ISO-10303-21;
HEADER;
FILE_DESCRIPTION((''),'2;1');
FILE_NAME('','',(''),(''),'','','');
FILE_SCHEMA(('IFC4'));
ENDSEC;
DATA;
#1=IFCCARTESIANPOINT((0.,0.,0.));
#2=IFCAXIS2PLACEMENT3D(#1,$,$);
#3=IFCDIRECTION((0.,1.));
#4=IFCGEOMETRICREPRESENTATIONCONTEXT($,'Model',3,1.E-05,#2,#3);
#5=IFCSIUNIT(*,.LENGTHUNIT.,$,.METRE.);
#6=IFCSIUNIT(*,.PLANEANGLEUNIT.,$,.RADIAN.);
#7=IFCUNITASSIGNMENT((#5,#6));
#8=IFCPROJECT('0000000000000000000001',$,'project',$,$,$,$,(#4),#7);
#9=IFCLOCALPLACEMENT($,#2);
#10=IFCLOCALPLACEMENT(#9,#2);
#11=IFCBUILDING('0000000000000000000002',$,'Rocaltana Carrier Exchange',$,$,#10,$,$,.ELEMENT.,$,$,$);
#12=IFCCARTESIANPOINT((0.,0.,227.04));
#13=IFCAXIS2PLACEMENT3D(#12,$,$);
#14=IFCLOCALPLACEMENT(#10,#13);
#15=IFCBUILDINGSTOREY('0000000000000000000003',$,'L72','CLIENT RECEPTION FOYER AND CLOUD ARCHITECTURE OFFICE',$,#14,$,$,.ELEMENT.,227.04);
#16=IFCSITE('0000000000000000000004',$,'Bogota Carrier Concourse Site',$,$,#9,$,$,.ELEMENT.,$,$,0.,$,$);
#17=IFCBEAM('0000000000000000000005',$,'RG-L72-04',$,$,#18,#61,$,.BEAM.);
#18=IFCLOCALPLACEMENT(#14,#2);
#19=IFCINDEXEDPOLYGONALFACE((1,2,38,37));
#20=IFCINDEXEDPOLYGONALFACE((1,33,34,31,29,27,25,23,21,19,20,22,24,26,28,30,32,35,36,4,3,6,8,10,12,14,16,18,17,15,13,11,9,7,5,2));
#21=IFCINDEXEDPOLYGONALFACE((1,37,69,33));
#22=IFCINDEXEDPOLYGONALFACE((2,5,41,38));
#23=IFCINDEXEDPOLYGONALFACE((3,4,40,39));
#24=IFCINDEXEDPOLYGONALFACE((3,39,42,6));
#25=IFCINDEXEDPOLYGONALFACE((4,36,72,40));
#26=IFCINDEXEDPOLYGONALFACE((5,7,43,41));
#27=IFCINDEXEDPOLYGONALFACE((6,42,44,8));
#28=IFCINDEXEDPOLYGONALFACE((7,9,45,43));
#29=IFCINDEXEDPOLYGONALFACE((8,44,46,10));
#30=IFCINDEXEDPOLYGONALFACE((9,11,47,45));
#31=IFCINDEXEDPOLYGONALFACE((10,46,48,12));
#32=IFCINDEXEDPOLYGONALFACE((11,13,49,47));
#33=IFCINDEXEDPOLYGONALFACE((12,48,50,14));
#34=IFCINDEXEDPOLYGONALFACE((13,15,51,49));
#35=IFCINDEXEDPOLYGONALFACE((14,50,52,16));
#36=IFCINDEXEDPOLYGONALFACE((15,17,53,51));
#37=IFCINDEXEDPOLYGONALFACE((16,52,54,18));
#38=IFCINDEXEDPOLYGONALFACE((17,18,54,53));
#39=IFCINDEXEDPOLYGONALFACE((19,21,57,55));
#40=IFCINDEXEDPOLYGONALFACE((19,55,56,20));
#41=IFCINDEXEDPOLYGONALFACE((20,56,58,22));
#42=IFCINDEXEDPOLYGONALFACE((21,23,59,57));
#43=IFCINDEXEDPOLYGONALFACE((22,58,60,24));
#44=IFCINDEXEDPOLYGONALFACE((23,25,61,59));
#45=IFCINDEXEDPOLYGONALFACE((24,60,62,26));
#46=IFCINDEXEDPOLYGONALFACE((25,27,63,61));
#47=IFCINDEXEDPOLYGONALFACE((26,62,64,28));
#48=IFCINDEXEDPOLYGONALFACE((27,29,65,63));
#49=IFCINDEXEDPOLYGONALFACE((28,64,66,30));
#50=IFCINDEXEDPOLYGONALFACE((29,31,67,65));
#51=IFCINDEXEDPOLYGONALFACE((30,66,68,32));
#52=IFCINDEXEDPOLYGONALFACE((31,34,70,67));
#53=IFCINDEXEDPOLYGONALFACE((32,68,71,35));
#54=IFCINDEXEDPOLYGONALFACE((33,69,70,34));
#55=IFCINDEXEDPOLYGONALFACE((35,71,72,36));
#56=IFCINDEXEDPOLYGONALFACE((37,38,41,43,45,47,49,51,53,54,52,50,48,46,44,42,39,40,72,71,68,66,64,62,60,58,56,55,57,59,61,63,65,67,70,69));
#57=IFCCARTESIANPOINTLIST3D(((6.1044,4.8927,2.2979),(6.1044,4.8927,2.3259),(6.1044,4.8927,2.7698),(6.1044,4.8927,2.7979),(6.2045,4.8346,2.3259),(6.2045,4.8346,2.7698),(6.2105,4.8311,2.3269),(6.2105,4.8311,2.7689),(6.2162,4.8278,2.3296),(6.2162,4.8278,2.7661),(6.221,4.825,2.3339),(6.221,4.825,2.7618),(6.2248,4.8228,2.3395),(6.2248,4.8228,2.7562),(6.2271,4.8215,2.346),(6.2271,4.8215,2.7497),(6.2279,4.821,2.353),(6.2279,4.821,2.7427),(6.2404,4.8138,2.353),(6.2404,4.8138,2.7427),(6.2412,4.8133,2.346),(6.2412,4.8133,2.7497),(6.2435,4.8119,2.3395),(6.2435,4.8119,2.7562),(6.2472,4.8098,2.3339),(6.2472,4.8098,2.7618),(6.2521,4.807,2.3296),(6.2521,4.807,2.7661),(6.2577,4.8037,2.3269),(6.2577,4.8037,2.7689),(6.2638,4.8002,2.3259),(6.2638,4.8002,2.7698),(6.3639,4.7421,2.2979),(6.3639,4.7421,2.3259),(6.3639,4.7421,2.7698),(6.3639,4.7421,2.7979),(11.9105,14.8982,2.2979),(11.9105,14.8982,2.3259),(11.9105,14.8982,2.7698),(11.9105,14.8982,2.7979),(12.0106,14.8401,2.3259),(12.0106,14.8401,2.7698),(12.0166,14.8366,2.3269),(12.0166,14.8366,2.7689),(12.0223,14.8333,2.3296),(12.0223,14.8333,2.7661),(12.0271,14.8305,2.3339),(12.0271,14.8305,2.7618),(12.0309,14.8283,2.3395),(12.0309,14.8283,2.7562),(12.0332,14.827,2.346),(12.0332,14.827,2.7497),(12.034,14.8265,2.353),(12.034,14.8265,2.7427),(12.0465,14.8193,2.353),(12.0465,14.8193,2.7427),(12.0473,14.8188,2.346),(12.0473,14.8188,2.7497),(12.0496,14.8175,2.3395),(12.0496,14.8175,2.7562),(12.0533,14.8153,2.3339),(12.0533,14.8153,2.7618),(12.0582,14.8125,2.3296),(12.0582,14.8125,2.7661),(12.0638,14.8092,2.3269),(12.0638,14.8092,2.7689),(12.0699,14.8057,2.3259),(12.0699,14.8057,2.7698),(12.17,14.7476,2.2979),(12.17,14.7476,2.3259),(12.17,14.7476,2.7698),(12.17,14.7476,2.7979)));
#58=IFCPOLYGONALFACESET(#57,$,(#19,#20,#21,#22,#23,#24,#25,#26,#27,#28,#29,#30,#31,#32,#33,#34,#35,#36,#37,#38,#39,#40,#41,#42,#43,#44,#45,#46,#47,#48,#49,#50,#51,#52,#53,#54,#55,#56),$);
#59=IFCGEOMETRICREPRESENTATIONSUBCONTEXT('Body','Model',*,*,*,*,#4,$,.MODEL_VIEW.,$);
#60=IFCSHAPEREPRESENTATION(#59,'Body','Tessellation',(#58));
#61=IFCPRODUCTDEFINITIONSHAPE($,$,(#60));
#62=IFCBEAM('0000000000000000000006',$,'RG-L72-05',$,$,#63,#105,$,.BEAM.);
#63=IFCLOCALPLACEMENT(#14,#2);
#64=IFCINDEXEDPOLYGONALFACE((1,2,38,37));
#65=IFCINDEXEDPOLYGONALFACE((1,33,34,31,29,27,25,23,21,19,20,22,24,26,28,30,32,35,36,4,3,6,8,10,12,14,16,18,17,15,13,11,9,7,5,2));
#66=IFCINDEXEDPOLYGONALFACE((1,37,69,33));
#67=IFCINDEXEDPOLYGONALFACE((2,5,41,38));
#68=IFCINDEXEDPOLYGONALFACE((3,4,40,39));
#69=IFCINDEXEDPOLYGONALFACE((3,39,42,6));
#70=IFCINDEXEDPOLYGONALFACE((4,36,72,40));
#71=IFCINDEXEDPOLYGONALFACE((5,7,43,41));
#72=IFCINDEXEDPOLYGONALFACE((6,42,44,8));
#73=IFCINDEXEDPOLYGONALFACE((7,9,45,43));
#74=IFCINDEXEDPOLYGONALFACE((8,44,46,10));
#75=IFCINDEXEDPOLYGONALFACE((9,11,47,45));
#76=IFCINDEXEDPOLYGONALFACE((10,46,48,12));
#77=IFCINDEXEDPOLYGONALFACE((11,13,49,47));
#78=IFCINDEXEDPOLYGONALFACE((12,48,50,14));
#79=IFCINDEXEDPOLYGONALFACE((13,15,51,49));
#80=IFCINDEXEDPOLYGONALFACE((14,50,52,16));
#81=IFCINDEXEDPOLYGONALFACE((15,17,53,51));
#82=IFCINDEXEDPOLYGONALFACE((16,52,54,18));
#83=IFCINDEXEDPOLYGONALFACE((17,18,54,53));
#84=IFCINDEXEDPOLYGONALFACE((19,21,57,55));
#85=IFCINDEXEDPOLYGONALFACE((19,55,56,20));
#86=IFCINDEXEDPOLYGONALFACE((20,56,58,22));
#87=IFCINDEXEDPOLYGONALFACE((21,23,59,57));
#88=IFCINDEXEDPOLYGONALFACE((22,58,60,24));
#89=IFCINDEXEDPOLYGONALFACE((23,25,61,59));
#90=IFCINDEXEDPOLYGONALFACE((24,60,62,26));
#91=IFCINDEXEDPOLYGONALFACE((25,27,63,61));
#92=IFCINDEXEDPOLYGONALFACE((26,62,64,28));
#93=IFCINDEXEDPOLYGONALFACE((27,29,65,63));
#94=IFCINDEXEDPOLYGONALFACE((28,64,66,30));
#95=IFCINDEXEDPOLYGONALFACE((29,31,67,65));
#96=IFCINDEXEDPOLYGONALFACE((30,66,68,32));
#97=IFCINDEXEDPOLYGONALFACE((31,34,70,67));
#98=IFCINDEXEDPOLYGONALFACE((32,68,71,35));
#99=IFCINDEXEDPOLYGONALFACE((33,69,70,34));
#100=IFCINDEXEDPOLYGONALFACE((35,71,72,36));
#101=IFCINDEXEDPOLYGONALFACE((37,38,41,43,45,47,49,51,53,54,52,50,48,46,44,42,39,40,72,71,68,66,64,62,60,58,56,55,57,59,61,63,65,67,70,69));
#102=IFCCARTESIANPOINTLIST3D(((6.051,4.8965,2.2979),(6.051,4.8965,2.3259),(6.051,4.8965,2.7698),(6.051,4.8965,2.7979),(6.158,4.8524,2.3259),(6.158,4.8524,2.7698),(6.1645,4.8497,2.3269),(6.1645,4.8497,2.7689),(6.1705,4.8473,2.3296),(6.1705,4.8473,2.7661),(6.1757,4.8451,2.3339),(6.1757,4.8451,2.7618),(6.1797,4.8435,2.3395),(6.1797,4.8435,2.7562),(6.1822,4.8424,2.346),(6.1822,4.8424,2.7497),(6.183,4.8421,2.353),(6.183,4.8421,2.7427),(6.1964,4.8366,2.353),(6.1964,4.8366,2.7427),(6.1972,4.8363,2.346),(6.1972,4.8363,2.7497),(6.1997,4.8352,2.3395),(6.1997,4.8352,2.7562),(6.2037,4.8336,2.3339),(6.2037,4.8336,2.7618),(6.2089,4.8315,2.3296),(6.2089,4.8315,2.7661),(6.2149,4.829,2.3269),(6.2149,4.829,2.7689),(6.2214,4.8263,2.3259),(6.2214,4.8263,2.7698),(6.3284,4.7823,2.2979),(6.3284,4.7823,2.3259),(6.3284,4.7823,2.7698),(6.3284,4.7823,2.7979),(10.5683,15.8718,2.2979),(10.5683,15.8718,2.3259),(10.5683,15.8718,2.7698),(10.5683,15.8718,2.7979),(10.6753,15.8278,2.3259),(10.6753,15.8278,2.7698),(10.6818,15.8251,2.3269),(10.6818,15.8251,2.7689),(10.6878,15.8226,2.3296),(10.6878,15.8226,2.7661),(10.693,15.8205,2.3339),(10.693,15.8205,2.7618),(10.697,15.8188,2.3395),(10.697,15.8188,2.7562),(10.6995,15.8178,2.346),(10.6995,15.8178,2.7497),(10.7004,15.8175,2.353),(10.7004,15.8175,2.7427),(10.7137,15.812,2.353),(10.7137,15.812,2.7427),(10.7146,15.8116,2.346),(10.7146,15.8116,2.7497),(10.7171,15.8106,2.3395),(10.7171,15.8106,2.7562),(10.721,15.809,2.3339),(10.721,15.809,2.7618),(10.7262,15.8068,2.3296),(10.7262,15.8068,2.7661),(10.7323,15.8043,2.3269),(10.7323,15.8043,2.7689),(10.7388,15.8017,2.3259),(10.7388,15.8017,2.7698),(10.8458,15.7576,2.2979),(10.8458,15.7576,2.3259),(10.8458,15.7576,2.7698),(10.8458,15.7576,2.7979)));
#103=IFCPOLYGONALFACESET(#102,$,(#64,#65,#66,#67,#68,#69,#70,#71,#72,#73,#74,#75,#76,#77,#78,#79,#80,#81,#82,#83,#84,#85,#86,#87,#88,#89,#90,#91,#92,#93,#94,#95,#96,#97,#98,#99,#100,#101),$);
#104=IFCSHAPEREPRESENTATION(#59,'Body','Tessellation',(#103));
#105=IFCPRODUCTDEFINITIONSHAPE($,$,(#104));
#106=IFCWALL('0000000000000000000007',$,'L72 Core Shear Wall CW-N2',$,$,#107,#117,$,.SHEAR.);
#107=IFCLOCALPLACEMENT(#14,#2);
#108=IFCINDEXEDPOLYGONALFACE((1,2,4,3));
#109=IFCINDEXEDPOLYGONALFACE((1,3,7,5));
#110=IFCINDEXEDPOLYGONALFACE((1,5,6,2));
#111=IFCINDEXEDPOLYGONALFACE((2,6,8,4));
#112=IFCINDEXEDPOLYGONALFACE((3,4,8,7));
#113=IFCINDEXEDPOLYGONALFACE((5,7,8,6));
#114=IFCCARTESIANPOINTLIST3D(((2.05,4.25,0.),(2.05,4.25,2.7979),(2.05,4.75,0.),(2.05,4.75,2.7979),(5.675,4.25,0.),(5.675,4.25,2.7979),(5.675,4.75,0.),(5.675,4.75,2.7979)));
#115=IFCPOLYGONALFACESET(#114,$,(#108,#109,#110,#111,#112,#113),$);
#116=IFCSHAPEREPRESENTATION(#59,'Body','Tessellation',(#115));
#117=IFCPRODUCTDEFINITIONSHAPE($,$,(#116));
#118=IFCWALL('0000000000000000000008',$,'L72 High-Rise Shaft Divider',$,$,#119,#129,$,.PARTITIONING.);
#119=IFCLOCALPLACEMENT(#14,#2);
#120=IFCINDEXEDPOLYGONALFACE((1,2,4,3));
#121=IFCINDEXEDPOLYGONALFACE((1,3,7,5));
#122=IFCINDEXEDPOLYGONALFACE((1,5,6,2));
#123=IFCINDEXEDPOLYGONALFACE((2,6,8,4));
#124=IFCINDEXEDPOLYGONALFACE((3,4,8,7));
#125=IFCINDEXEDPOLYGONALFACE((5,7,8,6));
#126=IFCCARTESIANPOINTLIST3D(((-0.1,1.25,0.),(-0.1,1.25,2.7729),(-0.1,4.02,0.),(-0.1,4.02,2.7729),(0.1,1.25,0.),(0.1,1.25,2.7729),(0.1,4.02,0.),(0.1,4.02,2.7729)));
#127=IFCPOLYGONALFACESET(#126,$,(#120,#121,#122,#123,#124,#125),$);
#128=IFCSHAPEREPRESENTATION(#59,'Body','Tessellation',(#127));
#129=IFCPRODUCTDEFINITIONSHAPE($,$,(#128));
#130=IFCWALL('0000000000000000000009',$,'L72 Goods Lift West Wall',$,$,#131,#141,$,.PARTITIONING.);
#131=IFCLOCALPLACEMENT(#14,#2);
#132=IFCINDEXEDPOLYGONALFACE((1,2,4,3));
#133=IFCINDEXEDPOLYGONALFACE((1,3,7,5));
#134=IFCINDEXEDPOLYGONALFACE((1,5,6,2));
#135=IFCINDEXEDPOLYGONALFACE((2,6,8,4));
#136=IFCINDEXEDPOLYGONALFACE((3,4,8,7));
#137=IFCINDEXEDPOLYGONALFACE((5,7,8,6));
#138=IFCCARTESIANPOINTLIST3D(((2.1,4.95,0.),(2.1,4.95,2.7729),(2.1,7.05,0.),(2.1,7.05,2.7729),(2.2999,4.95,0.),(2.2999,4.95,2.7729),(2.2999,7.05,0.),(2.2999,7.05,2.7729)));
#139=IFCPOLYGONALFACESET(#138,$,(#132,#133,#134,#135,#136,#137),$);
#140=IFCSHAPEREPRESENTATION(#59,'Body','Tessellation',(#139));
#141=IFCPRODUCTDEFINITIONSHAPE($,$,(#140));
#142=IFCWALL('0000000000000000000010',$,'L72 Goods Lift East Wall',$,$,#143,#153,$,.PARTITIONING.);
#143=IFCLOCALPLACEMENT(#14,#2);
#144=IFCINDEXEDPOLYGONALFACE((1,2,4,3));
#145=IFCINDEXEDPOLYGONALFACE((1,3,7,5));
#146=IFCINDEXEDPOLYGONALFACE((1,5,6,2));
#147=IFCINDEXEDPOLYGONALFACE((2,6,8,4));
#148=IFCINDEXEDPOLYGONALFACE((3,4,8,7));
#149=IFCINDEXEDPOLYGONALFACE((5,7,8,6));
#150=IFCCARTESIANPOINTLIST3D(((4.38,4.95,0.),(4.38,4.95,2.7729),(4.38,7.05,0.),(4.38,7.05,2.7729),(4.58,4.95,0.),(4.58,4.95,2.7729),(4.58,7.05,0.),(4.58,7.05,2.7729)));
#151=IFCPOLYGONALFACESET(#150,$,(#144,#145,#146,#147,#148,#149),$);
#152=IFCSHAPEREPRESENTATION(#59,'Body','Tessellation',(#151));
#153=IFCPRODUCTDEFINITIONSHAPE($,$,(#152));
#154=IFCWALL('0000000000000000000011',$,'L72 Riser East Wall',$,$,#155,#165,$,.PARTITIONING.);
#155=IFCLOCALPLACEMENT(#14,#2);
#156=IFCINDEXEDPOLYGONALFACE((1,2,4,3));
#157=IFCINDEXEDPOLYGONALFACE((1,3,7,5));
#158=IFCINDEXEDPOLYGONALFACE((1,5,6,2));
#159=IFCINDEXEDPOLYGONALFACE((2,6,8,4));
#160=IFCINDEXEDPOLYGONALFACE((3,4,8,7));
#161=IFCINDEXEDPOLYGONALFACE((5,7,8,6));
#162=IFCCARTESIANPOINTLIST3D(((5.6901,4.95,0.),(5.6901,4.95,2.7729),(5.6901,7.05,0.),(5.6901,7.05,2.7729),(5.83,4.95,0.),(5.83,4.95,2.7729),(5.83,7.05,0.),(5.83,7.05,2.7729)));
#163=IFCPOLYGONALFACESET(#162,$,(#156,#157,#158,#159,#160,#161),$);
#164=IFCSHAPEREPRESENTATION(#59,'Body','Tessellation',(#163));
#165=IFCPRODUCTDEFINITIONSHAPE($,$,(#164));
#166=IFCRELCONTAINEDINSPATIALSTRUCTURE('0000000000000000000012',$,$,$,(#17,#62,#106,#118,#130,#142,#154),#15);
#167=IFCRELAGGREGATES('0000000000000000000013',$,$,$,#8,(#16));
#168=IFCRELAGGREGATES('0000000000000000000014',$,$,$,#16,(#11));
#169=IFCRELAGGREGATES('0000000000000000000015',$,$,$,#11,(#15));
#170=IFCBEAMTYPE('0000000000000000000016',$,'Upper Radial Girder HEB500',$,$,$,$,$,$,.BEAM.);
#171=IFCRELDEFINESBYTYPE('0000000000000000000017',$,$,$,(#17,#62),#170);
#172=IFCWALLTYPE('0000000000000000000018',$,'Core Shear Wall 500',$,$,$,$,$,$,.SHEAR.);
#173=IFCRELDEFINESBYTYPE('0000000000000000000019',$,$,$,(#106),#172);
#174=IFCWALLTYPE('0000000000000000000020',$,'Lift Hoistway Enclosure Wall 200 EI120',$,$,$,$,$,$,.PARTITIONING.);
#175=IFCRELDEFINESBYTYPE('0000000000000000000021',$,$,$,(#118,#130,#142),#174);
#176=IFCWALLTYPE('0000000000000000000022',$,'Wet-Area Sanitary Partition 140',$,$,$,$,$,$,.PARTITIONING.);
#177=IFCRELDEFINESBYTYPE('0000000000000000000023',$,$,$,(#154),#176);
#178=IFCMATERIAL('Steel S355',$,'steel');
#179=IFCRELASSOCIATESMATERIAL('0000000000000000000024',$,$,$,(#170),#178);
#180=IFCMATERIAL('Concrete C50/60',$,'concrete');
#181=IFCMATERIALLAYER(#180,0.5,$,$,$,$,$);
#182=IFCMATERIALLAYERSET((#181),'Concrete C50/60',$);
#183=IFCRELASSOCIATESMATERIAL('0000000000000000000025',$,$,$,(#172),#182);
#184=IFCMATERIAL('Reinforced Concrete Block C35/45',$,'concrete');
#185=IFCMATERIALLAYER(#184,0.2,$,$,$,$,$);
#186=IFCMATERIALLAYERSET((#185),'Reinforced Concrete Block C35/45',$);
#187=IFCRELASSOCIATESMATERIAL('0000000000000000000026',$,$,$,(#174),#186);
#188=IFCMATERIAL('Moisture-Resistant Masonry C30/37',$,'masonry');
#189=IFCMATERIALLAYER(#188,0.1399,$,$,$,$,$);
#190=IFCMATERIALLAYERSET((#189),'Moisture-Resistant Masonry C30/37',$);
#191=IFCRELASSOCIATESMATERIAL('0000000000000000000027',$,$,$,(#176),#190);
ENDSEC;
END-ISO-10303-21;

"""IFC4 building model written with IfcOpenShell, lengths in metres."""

from ifc_helpers import new_model, si_unit, direction, frame, frame_2d, origin, origin_2d, place, context, subcontext, project, spatial, rectangle, i_section, extrude, material, layer, layer_set, material_profile, profile_set, type_object, element, save


model = new_model("IFC4")

# Units and contexts
model_context = context("Model", 3, precision=1e-05, world=origin(), true_north=direction((0.0, 1.0)))
body_context = subcontext(model_context, "Body", "Model", "MODEL_VIEW")
ifc_project = project(units=[si_unit("LENGTHUNIT", "METRE"), si_unit("PLANEANGLEUNIT", "RADIAN")], contexts=[model_context])

# Site, building, storey
site_placement = place(None, origin())
site = spatial("IfcSite", under=ifc_project, at=site_placement, Name="Bogota Carrier Concourse Site", CompositionType="ELEMENT", RefElevation=0.0)
building_placement = place(site_placement, origin())
building = spatial("IfcBuilding", under=site, at=building_placement, Name="Rocaltana Carrier Exchange", CompositionType="ELEMENT")
storey_placement = place(building_placement, frame((0.0, 0.0, 227.04)))
storey = spatial("IfcBuildingStorey", under=building, at=storey_placement, Name="L72", Description="CLIENT RECEPTION FOYER AND CLOUD ARCHITECTURE OFFICE", CompositionType="ELEMENT", Elevation=227.04)

# Beams
ifc_material_1 = material(Name="Steel S355", Category="steel")
ifc_material_profile_1 = material_profile(ifc_material_1, i_section(OverallWidth=0.3, OverallDepth=0.5, WebThickness=0.0144, FlangeThickness=0.0281, FilletRadius=0.0271, at=origin_2d()), Name="HEB500")
ifc_profile_set_1 = profile_set([ifc_material_profile_1], Name="Steel S355")
beam_type_1 = type_object("IfcBeamType", Name="Upper Radial Girder HEB500", PredefinedType="BEAM", material=ifc_profile_set_1)
beam_1_placement = place(storey_placement, frame((6.2341, 4.8174, 2.5479), z_axis=(0.501905, 0.864923, 0.0), x_axis=(-0.864923, 0.501905, 0.0)))
element("IfcBeam", 1, at=beam_1_placement, inside=storey, type_object=beam_type_1, Name="RG-L72-04", PredefinedType="BEAM", context=body_context, shape_type="SweptSolid", body=[
    extrude(i_section(OverallWidth=0.3, OverallDepth=0.5, WebThickness=0.0144, FlangeThickness=0.0281, FilletRadius=0.0271, at=origin_2d()), origin(), (0.0, 0.0, 1.0), 11.5681),
])
beam_2_placement = place(storey_placement, frame((6.1897, 4.8394, 2.5479), z_axis=(0.380611, 0.924735, 0.0), x_axis=(-0.924735, 0.380611, 0.0)))
element("IfcBeam", 2, at=beam_2_placement, inside=storey, type_object=beam_type_1, Name="RG-L72-05", PredefinedType="BEAM", context=body_context, shape_type="SweptSolid", body=[
    extrude(i_section(OverallWidth=0.3, OverallDepth=0.5, WebThickness=0.0144, FlangeThickness=0.0281, FilletRadius=0.0271, at=origin_2d()), origin(), (0.0, 0.0, 1.0), 11.8687),
])

# Walls
ifc_material_2 = material(Name="Concrete C50/60", Category="concrete")
ifc_layer_1 = layer(ifc_material_2, 0.5)
ifc_layer_set_1 = layer_set([ifc_layer_1], Name="Concrete C50/60")
wall_type_1 = type_object("IfcWallType", Name="Core Shear Wall 500", PredefinedType="SHEAR", material=ifc_layer_set_1)
wall_1_placement = place(storey_placement, frame((2.05, 4.5, 0.0), z_axis=(0.0, 0.0, 1.0), x_axis=(1.0, 0.0, 0.0)))
element("IfcWall", 3, at=wall_1_placement, inside=storey, type_object=wall_type_1, Name="L72 Core Shear Wall CW-N2", PredefinedType="SHEAR", context=body_context, shape_type="SweptSolid", body=[
    extrude(rectangle(XDim=3.625, YDim=0.5, at=frame_2d((1.8125, 0.0))), origin(), (0.0, 0.0, 1.0), 2.7979),
])
ifc_material_3 = material(Name="Reinforced Concrete Block C35/45", Category="concrete")
ifc_layer_2 = layer(ifc_material_3, 0.2)
ifc_layer_set_2 = layer_set([ifc_layer_2], Name="Reinforced Concrete Block C35/45")
wall_type_2 = type_object("IfcWallType", Name="Lift Hoistway Enclosure Wall 200 EI120", PredefinedType="PARTITIONING", material=ifc_layer_set_2)
wall_2_placement = place(storey_placement, frame((0.0, 1.25, 0.0), z_axis=(0.0, 0.0, 1.0), x_axis=(0.0, 1.0, 0.0)))
element("IfcWall", 4, at=wall_2_placement, inside=storey, type_object=wall_type_2, Name="L72 High-Rise Shaft Divider", PredefinedType="PARTITIONING", context=body_context, shape_type="SweptSolid", body=[
    extrude(rectangle(XDim=2.77, YDim=0.2, at=frame_2d((1.385, 0.0))), origin(), (0.0, 0.0, 1.0), 2.7729),
])
for number, where, z_axis, x_axis, name in (
    (5, (2.2, 4.95, 0.0), (0.0, 0.0, 1.0), (0.0, 1.0, 0.0), "L72 Goods Lift West Wall"),
    (6, (4.48, 4.95, 0.0), (0.0, 0.0, 1.0), (0.0, 1.0, 0.0), "L72 Goods Lift East Wall"),
):
    element("IfcWall", number, at=place(storey_placement, frame(where, z_axis=z_axis, x_axis=x_axis)), inside=storey, type_object=wall_type_2, Name=name, PredefinedType="PARTITIONING", context=body_context, shape_type="SweptSolid", body=[
        extrude(rectangle(XDim=2.1001, YDim=0.2, at=frame_2d((1.05, 0.0))), origin(), (0.0, 0.0, 1.0), 2.7729),
    ])
ifc_material_4 = material(Name="Moisture-Resistant Masonry C30/37", Category="masonry")
ifc_layer_3 = layer(ifc_material_4, 0.1399)
ifc_layer_set_3 = layer_set([ifc_layer_3], Name="Moisture-Resistant Masonry C30/37")
wall_type_3 = type_object("IfcWallType", Name="Wet-Area Sanitary Partition 140", PredefinedType="PARTITIONING", material=ifc_layer_set_3)
wall_3_placement = place(storey_placement, frame((5.76, 4.95, 0.0), z_axis=(0.0, 0.0, 1.0), x_axis=(0.0, 1.0, 0.0)))
element("IfcWall", 7, at=wall_3_placement, inside=storey, type_object=wall_type_3, Name="L72 Riser East Wall", PredefinedType="PARTITIONING", context=body_context, shape_type="SweptSolid", body=[
    extrude(rectangle(XDim=2.1001, YDim=0.1399, at=frame_2d((1.05, 0.0))), origin(), (0.0, 0.0, 1.0), 2.7729),
])

save(model, "model.ifc")
